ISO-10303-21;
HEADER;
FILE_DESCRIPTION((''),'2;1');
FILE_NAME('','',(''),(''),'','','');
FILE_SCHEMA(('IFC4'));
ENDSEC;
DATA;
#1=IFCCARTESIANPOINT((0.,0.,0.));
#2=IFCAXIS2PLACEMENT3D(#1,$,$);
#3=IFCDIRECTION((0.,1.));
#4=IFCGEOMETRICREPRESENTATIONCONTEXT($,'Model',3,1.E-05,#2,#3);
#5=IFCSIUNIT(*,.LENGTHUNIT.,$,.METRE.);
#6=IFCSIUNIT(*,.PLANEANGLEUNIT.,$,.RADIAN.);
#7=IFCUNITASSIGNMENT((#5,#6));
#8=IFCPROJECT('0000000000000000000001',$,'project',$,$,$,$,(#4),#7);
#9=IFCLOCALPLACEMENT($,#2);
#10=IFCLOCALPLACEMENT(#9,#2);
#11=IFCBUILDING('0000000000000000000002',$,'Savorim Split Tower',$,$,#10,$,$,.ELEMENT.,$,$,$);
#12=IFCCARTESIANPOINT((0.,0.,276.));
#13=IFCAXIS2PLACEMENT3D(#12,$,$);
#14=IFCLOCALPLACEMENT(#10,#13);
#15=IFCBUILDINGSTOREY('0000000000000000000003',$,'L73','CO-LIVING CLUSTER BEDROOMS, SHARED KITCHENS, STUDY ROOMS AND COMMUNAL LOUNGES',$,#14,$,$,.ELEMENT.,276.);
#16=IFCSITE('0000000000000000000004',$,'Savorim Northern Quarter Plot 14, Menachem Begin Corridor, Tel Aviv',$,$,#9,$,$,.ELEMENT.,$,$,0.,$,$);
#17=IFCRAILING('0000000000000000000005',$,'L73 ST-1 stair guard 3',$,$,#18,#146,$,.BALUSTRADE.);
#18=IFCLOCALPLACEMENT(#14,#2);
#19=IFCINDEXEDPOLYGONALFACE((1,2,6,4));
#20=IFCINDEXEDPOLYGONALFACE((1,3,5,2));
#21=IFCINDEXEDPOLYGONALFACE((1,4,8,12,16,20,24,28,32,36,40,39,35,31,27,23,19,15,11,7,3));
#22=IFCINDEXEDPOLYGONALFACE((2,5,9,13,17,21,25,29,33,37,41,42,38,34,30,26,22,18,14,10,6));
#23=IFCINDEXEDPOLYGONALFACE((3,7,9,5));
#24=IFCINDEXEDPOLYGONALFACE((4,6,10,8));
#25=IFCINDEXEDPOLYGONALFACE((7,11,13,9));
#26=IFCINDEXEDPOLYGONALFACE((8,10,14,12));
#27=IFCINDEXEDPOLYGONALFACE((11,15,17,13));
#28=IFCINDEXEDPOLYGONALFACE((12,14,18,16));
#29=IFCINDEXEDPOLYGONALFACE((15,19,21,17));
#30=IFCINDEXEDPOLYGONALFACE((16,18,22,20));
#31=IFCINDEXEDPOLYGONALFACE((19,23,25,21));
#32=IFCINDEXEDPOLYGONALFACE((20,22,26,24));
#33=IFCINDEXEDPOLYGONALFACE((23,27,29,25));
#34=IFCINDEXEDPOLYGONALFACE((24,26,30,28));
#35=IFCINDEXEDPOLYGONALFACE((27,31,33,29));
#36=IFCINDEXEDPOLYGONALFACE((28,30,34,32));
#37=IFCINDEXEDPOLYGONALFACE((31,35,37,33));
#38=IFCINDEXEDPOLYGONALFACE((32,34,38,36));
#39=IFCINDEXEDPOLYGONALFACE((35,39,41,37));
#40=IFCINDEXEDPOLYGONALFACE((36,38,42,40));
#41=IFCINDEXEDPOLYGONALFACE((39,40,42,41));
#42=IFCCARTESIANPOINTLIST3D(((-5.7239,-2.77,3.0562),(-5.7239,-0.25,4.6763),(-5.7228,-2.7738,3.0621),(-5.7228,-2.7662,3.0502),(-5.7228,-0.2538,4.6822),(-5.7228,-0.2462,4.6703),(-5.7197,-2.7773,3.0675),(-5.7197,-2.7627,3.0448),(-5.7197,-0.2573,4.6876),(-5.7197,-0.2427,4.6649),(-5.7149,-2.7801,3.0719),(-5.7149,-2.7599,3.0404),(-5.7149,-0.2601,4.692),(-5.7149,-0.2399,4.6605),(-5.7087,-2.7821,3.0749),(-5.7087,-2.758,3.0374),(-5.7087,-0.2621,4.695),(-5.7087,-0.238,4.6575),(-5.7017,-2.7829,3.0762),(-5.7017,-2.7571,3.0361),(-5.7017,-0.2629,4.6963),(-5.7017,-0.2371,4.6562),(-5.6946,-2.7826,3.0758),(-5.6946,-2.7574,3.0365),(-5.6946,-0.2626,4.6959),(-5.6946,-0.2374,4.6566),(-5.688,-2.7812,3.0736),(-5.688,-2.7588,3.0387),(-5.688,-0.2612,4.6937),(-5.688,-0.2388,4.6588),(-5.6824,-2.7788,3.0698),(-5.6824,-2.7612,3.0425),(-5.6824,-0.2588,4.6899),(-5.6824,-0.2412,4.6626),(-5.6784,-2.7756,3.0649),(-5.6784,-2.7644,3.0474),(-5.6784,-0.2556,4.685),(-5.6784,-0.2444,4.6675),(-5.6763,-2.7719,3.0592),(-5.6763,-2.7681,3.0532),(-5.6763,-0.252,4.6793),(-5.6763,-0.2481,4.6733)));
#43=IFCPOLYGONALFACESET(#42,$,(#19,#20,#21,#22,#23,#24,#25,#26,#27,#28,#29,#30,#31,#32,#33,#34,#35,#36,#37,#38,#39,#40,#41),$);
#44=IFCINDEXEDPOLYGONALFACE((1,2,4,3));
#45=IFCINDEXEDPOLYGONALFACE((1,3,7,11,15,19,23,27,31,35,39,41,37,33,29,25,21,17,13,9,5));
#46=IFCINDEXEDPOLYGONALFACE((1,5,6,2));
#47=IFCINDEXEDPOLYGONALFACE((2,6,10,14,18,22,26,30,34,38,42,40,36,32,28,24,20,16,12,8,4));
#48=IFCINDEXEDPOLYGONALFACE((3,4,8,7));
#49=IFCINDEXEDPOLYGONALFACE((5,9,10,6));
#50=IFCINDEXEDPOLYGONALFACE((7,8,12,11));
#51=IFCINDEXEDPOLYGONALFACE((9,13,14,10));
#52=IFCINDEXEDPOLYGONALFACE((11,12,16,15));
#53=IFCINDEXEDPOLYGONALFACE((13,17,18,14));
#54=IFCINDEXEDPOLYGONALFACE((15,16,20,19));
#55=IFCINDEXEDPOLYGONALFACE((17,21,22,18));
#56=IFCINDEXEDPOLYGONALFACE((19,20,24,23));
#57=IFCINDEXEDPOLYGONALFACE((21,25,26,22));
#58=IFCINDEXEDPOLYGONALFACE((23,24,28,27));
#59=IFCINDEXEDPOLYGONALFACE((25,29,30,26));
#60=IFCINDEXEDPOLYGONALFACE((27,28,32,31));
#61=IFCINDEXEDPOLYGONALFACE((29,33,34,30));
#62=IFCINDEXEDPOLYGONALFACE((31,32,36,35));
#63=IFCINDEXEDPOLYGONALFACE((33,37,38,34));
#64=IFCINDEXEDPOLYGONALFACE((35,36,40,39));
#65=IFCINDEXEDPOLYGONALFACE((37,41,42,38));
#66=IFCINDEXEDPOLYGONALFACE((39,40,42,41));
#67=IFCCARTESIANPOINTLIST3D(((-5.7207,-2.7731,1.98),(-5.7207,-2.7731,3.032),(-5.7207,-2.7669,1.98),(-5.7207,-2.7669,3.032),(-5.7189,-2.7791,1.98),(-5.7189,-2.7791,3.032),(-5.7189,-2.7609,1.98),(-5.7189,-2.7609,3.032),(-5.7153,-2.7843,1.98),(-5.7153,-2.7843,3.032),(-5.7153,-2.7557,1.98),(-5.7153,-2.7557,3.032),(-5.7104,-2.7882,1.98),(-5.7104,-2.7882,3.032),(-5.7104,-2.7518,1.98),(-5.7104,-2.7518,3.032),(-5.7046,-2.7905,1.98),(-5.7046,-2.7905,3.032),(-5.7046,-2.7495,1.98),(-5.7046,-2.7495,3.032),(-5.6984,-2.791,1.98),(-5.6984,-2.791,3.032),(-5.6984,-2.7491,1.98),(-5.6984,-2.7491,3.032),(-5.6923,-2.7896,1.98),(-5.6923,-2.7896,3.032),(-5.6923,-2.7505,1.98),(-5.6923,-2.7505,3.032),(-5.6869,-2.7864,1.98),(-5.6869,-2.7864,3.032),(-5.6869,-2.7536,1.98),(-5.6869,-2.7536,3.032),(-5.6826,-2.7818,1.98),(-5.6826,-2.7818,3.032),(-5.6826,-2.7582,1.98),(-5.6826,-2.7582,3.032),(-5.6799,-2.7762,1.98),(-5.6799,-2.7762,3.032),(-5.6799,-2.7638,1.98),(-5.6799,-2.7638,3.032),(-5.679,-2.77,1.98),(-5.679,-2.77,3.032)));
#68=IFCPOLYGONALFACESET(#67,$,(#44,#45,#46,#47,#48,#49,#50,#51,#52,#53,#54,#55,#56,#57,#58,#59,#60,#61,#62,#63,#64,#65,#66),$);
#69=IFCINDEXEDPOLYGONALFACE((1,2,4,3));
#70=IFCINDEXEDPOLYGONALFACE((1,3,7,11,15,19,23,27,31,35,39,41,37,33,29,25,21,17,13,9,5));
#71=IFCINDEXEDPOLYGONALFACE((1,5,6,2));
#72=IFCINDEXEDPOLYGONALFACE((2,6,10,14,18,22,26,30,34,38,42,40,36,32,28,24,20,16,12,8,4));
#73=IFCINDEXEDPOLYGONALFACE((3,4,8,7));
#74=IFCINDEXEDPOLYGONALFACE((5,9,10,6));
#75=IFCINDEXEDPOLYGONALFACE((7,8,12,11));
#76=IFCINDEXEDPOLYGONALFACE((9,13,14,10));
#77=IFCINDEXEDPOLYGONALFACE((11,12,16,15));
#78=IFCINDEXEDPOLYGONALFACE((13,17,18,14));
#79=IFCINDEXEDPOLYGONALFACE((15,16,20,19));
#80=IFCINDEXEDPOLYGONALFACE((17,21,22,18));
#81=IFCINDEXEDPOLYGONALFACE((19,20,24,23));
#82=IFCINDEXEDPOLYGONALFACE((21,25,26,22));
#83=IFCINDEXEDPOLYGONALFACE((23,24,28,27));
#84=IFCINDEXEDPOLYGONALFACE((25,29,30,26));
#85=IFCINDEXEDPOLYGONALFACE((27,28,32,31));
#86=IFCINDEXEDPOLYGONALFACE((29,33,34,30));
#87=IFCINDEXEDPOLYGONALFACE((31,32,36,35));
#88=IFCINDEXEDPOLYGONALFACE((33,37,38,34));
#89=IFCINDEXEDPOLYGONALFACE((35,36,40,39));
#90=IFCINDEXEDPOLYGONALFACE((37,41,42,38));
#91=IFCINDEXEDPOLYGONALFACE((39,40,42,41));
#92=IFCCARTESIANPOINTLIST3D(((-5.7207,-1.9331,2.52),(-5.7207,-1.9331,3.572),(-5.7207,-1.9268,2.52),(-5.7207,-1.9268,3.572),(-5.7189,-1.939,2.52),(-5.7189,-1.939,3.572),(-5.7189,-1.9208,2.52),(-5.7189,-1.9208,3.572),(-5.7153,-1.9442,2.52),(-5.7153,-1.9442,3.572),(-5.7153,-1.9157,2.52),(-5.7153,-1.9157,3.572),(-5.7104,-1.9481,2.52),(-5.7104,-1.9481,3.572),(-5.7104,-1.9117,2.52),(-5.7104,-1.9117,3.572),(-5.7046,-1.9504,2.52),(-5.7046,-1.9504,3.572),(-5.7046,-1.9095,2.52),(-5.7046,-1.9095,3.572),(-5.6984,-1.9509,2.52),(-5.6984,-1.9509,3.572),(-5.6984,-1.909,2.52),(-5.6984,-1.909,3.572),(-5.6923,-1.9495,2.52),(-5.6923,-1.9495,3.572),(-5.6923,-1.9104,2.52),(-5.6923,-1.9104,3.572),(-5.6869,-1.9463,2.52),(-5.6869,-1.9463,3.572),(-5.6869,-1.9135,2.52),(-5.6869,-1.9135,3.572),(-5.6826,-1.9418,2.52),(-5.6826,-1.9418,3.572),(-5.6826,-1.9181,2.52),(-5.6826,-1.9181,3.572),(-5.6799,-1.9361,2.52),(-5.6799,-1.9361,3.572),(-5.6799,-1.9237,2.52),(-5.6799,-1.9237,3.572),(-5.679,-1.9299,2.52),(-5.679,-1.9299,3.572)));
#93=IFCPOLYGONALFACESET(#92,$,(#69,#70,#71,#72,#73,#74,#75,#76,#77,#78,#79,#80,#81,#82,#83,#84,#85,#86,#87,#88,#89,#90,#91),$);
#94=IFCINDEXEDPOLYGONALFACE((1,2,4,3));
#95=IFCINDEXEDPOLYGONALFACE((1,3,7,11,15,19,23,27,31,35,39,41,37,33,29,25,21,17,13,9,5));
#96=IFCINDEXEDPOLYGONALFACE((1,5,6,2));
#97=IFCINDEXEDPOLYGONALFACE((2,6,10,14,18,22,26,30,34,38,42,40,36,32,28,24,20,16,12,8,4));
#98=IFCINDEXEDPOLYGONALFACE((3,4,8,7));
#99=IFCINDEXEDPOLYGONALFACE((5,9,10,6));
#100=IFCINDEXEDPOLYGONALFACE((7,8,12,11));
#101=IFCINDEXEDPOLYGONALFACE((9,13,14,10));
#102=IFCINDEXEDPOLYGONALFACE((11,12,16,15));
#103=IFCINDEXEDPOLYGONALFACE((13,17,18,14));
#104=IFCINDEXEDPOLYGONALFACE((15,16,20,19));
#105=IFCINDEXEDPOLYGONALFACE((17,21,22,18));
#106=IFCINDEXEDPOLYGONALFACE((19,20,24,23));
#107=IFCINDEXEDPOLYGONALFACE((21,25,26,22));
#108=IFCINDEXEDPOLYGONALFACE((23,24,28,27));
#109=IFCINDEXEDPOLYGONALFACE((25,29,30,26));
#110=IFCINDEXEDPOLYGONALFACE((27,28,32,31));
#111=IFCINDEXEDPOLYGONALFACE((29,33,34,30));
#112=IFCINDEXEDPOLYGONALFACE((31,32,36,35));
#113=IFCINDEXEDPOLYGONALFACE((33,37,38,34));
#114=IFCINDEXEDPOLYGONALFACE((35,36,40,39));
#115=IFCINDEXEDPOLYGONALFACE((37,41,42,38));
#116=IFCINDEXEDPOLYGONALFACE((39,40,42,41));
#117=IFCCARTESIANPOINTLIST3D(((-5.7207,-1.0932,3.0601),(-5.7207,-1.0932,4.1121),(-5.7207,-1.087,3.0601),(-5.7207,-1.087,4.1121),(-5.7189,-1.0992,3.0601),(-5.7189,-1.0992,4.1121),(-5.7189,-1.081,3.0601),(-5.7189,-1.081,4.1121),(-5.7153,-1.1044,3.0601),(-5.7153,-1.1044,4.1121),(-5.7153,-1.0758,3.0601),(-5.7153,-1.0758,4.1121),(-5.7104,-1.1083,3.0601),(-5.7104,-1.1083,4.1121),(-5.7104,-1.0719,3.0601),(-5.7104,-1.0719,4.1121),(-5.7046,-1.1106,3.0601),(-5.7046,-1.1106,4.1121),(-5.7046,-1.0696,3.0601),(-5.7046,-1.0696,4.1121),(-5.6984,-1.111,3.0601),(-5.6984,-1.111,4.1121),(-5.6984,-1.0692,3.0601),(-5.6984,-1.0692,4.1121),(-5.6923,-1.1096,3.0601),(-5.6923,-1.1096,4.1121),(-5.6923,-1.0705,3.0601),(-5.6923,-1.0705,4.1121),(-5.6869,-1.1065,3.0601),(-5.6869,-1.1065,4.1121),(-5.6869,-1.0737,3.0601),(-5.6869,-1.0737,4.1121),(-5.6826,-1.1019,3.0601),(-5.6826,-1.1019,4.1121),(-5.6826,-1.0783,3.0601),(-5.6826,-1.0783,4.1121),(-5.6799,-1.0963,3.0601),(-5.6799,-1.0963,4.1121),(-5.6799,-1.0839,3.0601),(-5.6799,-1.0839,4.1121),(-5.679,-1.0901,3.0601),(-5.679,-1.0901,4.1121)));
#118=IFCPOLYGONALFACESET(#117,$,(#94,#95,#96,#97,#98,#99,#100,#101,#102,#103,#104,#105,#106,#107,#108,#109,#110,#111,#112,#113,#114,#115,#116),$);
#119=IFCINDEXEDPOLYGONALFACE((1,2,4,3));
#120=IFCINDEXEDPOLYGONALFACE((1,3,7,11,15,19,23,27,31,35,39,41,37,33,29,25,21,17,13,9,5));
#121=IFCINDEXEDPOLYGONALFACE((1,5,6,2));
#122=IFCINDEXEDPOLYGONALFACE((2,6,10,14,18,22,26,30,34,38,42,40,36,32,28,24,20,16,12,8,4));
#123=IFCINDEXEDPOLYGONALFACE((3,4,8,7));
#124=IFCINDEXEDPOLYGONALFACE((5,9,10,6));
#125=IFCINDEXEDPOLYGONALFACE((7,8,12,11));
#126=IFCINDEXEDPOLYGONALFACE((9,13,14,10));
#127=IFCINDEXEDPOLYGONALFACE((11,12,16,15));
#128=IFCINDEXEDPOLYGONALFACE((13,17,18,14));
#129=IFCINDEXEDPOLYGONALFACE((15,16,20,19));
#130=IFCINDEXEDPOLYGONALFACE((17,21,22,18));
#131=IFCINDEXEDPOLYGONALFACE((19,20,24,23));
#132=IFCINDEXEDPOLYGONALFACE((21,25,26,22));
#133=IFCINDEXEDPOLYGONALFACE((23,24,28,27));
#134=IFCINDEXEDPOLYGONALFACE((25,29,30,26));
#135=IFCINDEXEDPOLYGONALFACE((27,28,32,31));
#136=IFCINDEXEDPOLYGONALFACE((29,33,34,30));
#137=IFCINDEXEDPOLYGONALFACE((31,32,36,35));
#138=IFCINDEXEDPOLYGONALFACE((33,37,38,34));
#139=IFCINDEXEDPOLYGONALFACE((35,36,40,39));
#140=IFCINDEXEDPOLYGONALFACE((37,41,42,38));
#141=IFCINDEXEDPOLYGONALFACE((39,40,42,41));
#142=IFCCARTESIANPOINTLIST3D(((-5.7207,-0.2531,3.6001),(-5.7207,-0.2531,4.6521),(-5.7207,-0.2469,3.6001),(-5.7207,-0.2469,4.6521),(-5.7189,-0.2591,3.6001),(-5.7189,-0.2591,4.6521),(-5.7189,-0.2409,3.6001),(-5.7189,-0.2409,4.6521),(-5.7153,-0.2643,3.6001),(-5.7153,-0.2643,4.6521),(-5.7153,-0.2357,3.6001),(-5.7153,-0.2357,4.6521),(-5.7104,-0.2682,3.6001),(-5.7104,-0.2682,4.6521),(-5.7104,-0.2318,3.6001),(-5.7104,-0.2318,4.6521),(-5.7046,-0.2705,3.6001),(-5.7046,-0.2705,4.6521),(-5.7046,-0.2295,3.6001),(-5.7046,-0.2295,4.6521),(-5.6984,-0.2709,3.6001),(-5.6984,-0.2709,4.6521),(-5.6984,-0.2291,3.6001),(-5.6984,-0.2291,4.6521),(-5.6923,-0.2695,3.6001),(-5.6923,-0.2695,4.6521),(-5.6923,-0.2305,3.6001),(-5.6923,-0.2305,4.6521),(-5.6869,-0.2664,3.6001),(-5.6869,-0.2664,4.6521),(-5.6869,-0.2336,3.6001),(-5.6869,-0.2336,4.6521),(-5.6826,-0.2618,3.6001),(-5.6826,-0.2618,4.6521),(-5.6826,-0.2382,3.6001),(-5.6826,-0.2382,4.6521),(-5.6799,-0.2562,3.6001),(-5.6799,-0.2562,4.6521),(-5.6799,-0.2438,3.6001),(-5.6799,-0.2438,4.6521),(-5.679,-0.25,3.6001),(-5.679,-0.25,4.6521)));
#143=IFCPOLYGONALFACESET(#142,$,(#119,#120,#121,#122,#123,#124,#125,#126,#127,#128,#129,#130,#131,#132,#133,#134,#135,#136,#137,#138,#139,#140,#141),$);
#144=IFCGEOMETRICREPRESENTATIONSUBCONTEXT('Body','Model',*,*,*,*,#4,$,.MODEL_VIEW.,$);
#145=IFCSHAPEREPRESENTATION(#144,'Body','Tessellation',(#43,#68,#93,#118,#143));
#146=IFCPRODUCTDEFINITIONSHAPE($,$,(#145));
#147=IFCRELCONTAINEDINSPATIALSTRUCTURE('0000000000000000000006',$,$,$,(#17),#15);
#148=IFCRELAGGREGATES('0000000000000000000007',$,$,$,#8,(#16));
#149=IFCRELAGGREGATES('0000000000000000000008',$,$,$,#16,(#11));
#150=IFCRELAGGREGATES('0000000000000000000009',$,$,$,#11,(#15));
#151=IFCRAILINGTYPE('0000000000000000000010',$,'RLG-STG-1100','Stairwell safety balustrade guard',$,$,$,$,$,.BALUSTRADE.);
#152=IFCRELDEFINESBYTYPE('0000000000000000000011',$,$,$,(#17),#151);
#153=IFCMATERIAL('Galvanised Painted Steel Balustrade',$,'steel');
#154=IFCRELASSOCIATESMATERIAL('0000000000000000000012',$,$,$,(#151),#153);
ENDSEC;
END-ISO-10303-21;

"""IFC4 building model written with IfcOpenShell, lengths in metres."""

from ifc_helpers import new_model, si_unit, direction, frame, origin, origin_2d, place, context, subcontext, project, spatial, circle, extrude, material, type_object, element, save


model = new_model("IFC4")

# Units and contexts
model_context = context("Model", 3, precision=1e-05, world=origin(), true_north=direction((0.0, 1.0)))
body_context = subcontext(model_context, "Body", "Model", "MODEL_VIEW")
ifc_project = project(units=[si_unit("LENGTHUNIT", "METRE"), si_unit("PLANEANGLEUNIT", "RADIAN")], contexts=[model_context])

# Site, building, storey
site_placement = place(None, origin())
site = spatial("IfcSite", under=ifc_project, at=site_placement, Name="Savorim Northern Quarter Plot 14, Menachem Begin Corridor, Tel Aviv", CompositionType="ELEMENT", RefElevation=0.0)
building_placement = place(site_placement, origin())
building = spatial("IfcBuilding", under=site, at=building_placement, Name="Savorim Split Tower", CompositionType="ELEMENT")
storey_placement = place(building_placement, frame((0.0, 0.0, 276.0)))
storey = spatial("IfcBuildingStorey", under=building, at=storey_placement, Name="L73", Description="CO-LIVING CLUSTER BEDROOMS, SHARED KITCHENS, STUDY ROOMS AND COMMUNAL LOUNGES", CompositionType="ELEMENT", Elevation=276.0)

# Railing
ifc_material_1 = material(Name="Galvanised Painted Steel Balustrade", Category="steel")
railing_type_1 = type_object("IfcRailingType", Name="RLG-STG-1100", Description="Stairwell safety balustrade guard", PredefinedType="BALUSTRADE", material=ifc_material_1)
railing_1_placement = place(storey_placement, frame((-5.7, -2.77, 1.98)))
element("IfcRailing", 1, at=railing_1_placement, inside=storey, type_object=railing_type_1, Name="L73 ST-1 stair guard 3", PredefinedType="BALUSTRADE", context=body_context, shape_type="SweptSolid", body=[
    extrude(circle(Radius=0.0239, at=origin_2d()), frame((0.0, 0.0, 1.0762), z_axis=(0.0, 0.841163, 0.540782), x_axis=(-1.0, 0.0, 0.0)), (0.0, 0.0, 1.0), 2.9958),
    extrude(circle(Radius=0.021, at=origin_2d()), origin(), (0.0, 0.0, 1.0), 1.052),
    extrude(circle(Radius=0.021, at=origin_2d()), frame((0.0, 0.8401, 0.54)), (0.0, 0.0, 1.0), 1.052),
    extrude(circle(Radius=0.021, at=origin_2d()), frame((0.0, 1.6799, 1.0801)), (0.0, 0.0, 1.0), 1.052),
    extrude(circle(Radius=0.021, at=origin_2d()), frame((0.0, 2.52, 1.6201)), (0.0, 0.0, 1.0), 1.052),
])

save(model, "model.ifc")
